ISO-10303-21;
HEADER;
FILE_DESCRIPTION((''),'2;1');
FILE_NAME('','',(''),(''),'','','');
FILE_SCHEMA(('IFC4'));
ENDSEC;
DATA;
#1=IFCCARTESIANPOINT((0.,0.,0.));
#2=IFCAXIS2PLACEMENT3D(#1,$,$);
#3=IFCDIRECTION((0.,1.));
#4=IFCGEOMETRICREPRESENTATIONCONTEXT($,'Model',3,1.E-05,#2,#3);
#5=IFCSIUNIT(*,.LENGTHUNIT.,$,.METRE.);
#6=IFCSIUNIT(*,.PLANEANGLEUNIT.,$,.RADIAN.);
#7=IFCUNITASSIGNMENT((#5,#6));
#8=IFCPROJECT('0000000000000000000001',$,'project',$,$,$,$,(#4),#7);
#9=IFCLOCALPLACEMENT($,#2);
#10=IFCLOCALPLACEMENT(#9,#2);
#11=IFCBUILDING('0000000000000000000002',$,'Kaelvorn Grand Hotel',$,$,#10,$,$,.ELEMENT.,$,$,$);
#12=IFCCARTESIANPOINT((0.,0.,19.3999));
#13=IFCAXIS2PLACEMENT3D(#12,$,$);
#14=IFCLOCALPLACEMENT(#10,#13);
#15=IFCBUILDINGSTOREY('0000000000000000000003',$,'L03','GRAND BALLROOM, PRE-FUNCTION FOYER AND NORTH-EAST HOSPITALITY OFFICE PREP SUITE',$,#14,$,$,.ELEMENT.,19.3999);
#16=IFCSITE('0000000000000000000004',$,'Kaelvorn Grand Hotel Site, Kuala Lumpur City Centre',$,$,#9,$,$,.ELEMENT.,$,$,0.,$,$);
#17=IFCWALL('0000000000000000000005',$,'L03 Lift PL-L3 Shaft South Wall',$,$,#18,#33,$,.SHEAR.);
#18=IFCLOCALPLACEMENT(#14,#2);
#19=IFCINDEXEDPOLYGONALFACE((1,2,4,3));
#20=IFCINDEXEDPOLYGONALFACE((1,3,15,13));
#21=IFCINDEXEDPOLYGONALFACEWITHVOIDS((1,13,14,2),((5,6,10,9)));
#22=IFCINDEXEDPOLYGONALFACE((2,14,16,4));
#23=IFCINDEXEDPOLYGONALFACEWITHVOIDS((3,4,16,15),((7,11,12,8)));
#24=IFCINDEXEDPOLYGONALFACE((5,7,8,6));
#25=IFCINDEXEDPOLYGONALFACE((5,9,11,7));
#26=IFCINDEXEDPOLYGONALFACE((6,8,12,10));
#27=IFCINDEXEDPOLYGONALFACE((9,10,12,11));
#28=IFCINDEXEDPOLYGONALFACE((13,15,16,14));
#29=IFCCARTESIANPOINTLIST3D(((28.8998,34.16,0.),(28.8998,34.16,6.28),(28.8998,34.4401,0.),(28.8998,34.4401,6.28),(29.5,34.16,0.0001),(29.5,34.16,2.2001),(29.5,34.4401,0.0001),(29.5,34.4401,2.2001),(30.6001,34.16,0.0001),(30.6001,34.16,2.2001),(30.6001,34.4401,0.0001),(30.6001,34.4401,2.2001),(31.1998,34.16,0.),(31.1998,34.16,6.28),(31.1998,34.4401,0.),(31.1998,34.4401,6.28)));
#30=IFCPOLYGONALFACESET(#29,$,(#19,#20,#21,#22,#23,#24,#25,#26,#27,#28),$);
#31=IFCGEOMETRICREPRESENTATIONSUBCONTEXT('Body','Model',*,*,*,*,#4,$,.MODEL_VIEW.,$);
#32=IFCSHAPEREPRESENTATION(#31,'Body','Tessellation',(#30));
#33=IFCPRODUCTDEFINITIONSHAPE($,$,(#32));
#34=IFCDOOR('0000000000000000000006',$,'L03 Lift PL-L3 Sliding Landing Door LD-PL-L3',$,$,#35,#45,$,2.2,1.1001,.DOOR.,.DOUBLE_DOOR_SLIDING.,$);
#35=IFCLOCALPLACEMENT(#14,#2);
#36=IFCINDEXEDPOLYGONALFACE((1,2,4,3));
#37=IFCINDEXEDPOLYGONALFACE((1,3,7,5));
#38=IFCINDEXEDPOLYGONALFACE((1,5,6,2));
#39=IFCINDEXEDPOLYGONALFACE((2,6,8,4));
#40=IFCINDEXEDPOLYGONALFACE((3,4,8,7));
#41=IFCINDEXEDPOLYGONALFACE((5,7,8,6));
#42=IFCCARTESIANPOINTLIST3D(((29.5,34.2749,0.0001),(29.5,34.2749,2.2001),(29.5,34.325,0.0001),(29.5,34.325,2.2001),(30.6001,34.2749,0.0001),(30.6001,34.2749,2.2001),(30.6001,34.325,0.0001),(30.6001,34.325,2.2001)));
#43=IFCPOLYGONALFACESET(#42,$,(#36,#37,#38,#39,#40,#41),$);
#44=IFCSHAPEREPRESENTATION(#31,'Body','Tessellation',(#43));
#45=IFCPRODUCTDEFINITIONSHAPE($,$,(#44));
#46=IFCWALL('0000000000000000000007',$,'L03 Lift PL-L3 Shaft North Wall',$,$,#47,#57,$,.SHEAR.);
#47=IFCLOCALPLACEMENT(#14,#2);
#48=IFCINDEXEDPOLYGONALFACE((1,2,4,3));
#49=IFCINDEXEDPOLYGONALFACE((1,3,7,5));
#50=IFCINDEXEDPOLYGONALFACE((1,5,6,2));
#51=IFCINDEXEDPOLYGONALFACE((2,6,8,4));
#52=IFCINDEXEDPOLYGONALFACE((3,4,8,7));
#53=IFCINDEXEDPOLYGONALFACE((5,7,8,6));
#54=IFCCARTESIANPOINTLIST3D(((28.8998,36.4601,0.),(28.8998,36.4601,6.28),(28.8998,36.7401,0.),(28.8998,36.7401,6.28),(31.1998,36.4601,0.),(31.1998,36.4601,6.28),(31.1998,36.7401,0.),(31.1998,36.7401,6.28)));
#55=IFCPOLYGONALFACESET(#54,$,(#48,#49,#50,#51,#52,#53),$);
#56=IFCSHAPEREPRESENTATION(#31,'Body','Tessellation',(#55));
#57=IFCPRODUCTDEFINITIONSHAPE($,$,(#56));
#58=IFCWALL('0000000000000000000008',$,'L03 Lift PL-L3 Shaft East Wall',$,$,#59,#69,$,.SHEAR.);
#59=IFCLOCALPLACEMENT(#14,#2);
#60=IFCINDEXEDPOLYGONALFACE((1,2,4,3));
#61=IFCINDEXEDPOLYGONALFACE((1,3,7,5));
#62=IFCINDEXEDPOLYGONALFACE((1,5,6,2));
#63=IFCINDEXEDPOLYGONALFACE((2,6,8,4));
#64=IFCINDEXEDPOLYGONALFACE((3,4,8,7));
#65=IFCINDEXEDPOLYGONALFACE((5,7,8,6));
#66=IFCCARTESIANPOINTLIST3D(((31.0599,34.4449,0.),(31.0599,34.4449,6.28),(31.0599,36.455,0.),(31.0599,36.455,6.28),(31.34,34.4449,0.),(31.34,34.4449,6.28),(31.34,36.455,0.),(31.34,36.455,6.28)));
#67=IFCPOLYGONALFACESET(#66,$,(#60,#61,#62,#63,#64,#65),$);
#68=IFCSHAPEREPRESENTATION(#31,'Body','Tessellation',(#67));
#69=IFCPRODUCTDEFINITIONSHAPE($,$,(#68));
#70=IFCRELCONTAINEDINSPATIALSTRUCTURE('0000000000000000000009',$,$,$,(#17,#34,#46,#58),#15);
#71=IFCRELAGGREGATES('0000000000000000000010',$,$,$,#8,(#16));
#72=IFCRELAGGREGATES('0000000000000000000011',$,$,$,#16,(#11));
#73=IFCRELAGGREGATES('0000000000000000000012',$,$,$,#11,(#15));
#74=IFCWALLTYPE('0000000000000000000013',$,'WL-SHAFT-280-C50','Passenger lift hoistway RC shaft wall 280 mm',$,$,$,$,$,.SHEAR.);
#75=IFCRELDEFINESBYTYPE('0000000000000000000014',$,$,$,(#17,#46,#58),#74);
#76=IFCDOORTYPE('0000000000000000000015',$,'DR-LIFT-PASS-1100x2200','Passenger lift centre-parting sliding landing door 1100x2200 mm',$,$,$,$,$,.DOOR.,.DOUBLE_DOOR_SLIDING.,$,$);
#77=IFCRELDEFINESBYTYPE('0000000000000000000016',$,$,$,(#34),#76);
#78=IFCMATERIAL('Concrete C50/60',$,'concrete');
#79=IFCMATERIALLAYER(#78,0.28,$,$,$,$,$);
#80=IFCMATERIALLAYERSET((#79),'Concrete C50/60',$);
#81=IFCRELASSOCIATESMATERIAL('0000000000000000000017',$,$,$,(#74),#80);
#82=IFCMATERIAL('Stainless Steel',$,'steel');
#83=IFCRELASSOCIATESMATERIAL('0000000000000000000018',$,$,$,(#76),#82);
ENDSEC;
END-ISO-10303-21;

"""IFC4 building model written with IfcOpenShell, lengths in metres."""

from ifc_helpers import new_model, si_unit, direction, frame, frame_2d, origin, place, context, subcontext, project, spatial, rectangle, extrude, material, layer, layer_set, type_object, element, fill, save


model = new_model("IFC4")

# Units and contexts
model_context = context("Model", 3, precision=1e-05, world=origin(), true_north=direction((0.0, 1.0)))
body_context = subcontext(model_context, "Body", "Model", "MODEL_VIEW")
ifc_project = project(units=[si_unit("LENGTHUNIT", "METRE"), si_unit("PLANEANGLEUNIT", "RADIAN")], contexts=[model_context])

# Site, building, storey
site_placement = place(None, origin())
site = spatial("IfcSite", under=ifc_project, at=site_placement, Name="Kaelvorn Grand Hotel Site, Kuala Lumpur City Centre", CompositionType="ELEMENT", RefElevation=0.0)
building_placement = place(site_placement, origin())
building = spatial("IfcBuilding", under=site, at=building_placement, Name="Kaelvorn Grand Hotel", CompositionType="ELEMENT")
storey_placement = place(building_placement, frame((0.0, 0.0, 19.3999)))
storey = spatial("IfcBuildingStorey", under=building, at=storey_placement, Name="L03", Description="GRAND BALLROOM, PRE-FUNCTION FOYER AND NORTH-EAST HOSPITALITY OFFICE PREP SUITE", CompositionType="ELEMENT", Elevation=19.3999)

# Shared definitions
ifc_material_1 = material(Name="Concrete C50/60", Category="concrete")
ifc_layer_1 = layer(ifc_material_1, 0.28)
ifc_layer_set_1 = layer_set([ifc_layer_1], Name="Concrete C50/60")
wall_type_1 = type_object("IfcWallType", Name="WL-SHAFT-280-C50", Description="Passenger lift hoistway RC shaft wall 280 mm", PredefinedType="SHEAR", material=ifc_layer_set_1)

# Shared definitions
ifc_material_2 = material(Name="Stainless Steel", Category="steel")
door_type_1 = type_object("IfcDoorType", Name="DR-LIFT-PASS-1100x2200", Description="Passenger lift centre-parting sliding landing door 1100x2200 mm", OperationType="DOUBLE_DOOR_SLIDING", PredefinedType="DOOR", material=ifc_material_2)

# Wall, opening, door
wall_1_placement = place(storey_placement, frame((28.8999, 34.3, 0.0), z_axis=(0.0, 0.0, 1.0), x_axis=(1.0, 0.0, 0.0)))
wall_1 = element("IfcWall", 1, at=wall_1_placement, inside=storey, type_object=wall_type_1, Name="L03 Lift PL-L3 Shaft South Wall", PredefinedType="SHEAR", context=body_context, shape_type="SweptSolid", body=[
    extrude(rectangle(XDim=2.3, YDim=0.28, at=frame_2d((1.1499, 0.0))), origin(), (0.0, 0.0, 1.0), 6.28),
])
opening_1_placement = place(wall_1_placement, frame((0.6001, 0.0, 0.0)))
opening_1 = element("IfcOpeningElement", 2, at=opening_1_placement, cuts=wall_1, PredefinedType="OPENING", context=body_context, shape_type="SweptSolid", body=[
    extrude(rectangle(XDim=1.1001, YDim=2.2, at=frame_2d((0.55, 1.1001))), frame((0.0, 0.1499, 0.0), z_axis=(0.0, -1.0, 0.0), x_axis=(1.0, 0.0, 0.0)), (0.0, 0.0, 1.0), 0.3),
])
door_1_placement = place(opening_1_placement, origin())
door_1 = element("IfcDoor", 3, at=door_1_placement, inside=storey, type_object=door_type_1, Name="L03 Lift PL-L3 Sliding Landing Door LD-PL-L3", OperationType="DOUBLE_DOOR_SLIDING", OverallHeight=2.2, OverallWidth=1.1001, PredefinedType="DOOR", context=body_context, shape_type="SweptSolid", body=[
    extrude(rectangle(XDim=1.1001, YDim=2.2, at=frame_2d((0.55, 1.1001))), frame((0.0, 0.0249, 0.0), z_axis=(0.0, -1.0, 0.0), x_axis=(1.0, 0.0, 0.0)), (0.0, 0.0, 1.0), 0.05),
])
fill(opening_1, door_1)

# Walls
wall_2_placement = place(storey_placement, frame((28.8999, 36.6001, 0.0), z_axis=(0.0, 0.0, 1.0), x_axis=(1.0, 0.0, 0.0)))
element("IfcWall", 4, at=wall_2_placement, inside=storey, type_object=wall_type_1, Name="L03 Lift PL-L3 Shaft North Wall", PredefinedType="SHEAR", context=body_context, shape_type="SweptSolid", body=[
    extrude(rectangle(XDim=2.3, YDim=0.28, at=frame_2d((1.1499, 0.0))), origin(), (0.0, 0.0, 1.0), 6.28),
])
wall_3_placement = place(storey_placement, frame((31.2, 34.4451, 0.0), z_axis=(0.0, 0.0, 1.0), x_axis=(0.0, 1.0, 0.0)))
element("IfcWall", 5, at=wall_3_placement, inside=storey, type_object=wall_type_1, Name="L03 Lift PL-L3 Shaft East Wall", PredefinedType="SHEAR", context=body_context, shape_type="SweptSolid", body=[
    extrude(rectangle(XDim=2.01, YDim=0.28, at=frame_2d((1.0049, 0.0))), origin(), (0.0, 0.0, 1.0), 6.28),
])

save(model, "model.ifc")
